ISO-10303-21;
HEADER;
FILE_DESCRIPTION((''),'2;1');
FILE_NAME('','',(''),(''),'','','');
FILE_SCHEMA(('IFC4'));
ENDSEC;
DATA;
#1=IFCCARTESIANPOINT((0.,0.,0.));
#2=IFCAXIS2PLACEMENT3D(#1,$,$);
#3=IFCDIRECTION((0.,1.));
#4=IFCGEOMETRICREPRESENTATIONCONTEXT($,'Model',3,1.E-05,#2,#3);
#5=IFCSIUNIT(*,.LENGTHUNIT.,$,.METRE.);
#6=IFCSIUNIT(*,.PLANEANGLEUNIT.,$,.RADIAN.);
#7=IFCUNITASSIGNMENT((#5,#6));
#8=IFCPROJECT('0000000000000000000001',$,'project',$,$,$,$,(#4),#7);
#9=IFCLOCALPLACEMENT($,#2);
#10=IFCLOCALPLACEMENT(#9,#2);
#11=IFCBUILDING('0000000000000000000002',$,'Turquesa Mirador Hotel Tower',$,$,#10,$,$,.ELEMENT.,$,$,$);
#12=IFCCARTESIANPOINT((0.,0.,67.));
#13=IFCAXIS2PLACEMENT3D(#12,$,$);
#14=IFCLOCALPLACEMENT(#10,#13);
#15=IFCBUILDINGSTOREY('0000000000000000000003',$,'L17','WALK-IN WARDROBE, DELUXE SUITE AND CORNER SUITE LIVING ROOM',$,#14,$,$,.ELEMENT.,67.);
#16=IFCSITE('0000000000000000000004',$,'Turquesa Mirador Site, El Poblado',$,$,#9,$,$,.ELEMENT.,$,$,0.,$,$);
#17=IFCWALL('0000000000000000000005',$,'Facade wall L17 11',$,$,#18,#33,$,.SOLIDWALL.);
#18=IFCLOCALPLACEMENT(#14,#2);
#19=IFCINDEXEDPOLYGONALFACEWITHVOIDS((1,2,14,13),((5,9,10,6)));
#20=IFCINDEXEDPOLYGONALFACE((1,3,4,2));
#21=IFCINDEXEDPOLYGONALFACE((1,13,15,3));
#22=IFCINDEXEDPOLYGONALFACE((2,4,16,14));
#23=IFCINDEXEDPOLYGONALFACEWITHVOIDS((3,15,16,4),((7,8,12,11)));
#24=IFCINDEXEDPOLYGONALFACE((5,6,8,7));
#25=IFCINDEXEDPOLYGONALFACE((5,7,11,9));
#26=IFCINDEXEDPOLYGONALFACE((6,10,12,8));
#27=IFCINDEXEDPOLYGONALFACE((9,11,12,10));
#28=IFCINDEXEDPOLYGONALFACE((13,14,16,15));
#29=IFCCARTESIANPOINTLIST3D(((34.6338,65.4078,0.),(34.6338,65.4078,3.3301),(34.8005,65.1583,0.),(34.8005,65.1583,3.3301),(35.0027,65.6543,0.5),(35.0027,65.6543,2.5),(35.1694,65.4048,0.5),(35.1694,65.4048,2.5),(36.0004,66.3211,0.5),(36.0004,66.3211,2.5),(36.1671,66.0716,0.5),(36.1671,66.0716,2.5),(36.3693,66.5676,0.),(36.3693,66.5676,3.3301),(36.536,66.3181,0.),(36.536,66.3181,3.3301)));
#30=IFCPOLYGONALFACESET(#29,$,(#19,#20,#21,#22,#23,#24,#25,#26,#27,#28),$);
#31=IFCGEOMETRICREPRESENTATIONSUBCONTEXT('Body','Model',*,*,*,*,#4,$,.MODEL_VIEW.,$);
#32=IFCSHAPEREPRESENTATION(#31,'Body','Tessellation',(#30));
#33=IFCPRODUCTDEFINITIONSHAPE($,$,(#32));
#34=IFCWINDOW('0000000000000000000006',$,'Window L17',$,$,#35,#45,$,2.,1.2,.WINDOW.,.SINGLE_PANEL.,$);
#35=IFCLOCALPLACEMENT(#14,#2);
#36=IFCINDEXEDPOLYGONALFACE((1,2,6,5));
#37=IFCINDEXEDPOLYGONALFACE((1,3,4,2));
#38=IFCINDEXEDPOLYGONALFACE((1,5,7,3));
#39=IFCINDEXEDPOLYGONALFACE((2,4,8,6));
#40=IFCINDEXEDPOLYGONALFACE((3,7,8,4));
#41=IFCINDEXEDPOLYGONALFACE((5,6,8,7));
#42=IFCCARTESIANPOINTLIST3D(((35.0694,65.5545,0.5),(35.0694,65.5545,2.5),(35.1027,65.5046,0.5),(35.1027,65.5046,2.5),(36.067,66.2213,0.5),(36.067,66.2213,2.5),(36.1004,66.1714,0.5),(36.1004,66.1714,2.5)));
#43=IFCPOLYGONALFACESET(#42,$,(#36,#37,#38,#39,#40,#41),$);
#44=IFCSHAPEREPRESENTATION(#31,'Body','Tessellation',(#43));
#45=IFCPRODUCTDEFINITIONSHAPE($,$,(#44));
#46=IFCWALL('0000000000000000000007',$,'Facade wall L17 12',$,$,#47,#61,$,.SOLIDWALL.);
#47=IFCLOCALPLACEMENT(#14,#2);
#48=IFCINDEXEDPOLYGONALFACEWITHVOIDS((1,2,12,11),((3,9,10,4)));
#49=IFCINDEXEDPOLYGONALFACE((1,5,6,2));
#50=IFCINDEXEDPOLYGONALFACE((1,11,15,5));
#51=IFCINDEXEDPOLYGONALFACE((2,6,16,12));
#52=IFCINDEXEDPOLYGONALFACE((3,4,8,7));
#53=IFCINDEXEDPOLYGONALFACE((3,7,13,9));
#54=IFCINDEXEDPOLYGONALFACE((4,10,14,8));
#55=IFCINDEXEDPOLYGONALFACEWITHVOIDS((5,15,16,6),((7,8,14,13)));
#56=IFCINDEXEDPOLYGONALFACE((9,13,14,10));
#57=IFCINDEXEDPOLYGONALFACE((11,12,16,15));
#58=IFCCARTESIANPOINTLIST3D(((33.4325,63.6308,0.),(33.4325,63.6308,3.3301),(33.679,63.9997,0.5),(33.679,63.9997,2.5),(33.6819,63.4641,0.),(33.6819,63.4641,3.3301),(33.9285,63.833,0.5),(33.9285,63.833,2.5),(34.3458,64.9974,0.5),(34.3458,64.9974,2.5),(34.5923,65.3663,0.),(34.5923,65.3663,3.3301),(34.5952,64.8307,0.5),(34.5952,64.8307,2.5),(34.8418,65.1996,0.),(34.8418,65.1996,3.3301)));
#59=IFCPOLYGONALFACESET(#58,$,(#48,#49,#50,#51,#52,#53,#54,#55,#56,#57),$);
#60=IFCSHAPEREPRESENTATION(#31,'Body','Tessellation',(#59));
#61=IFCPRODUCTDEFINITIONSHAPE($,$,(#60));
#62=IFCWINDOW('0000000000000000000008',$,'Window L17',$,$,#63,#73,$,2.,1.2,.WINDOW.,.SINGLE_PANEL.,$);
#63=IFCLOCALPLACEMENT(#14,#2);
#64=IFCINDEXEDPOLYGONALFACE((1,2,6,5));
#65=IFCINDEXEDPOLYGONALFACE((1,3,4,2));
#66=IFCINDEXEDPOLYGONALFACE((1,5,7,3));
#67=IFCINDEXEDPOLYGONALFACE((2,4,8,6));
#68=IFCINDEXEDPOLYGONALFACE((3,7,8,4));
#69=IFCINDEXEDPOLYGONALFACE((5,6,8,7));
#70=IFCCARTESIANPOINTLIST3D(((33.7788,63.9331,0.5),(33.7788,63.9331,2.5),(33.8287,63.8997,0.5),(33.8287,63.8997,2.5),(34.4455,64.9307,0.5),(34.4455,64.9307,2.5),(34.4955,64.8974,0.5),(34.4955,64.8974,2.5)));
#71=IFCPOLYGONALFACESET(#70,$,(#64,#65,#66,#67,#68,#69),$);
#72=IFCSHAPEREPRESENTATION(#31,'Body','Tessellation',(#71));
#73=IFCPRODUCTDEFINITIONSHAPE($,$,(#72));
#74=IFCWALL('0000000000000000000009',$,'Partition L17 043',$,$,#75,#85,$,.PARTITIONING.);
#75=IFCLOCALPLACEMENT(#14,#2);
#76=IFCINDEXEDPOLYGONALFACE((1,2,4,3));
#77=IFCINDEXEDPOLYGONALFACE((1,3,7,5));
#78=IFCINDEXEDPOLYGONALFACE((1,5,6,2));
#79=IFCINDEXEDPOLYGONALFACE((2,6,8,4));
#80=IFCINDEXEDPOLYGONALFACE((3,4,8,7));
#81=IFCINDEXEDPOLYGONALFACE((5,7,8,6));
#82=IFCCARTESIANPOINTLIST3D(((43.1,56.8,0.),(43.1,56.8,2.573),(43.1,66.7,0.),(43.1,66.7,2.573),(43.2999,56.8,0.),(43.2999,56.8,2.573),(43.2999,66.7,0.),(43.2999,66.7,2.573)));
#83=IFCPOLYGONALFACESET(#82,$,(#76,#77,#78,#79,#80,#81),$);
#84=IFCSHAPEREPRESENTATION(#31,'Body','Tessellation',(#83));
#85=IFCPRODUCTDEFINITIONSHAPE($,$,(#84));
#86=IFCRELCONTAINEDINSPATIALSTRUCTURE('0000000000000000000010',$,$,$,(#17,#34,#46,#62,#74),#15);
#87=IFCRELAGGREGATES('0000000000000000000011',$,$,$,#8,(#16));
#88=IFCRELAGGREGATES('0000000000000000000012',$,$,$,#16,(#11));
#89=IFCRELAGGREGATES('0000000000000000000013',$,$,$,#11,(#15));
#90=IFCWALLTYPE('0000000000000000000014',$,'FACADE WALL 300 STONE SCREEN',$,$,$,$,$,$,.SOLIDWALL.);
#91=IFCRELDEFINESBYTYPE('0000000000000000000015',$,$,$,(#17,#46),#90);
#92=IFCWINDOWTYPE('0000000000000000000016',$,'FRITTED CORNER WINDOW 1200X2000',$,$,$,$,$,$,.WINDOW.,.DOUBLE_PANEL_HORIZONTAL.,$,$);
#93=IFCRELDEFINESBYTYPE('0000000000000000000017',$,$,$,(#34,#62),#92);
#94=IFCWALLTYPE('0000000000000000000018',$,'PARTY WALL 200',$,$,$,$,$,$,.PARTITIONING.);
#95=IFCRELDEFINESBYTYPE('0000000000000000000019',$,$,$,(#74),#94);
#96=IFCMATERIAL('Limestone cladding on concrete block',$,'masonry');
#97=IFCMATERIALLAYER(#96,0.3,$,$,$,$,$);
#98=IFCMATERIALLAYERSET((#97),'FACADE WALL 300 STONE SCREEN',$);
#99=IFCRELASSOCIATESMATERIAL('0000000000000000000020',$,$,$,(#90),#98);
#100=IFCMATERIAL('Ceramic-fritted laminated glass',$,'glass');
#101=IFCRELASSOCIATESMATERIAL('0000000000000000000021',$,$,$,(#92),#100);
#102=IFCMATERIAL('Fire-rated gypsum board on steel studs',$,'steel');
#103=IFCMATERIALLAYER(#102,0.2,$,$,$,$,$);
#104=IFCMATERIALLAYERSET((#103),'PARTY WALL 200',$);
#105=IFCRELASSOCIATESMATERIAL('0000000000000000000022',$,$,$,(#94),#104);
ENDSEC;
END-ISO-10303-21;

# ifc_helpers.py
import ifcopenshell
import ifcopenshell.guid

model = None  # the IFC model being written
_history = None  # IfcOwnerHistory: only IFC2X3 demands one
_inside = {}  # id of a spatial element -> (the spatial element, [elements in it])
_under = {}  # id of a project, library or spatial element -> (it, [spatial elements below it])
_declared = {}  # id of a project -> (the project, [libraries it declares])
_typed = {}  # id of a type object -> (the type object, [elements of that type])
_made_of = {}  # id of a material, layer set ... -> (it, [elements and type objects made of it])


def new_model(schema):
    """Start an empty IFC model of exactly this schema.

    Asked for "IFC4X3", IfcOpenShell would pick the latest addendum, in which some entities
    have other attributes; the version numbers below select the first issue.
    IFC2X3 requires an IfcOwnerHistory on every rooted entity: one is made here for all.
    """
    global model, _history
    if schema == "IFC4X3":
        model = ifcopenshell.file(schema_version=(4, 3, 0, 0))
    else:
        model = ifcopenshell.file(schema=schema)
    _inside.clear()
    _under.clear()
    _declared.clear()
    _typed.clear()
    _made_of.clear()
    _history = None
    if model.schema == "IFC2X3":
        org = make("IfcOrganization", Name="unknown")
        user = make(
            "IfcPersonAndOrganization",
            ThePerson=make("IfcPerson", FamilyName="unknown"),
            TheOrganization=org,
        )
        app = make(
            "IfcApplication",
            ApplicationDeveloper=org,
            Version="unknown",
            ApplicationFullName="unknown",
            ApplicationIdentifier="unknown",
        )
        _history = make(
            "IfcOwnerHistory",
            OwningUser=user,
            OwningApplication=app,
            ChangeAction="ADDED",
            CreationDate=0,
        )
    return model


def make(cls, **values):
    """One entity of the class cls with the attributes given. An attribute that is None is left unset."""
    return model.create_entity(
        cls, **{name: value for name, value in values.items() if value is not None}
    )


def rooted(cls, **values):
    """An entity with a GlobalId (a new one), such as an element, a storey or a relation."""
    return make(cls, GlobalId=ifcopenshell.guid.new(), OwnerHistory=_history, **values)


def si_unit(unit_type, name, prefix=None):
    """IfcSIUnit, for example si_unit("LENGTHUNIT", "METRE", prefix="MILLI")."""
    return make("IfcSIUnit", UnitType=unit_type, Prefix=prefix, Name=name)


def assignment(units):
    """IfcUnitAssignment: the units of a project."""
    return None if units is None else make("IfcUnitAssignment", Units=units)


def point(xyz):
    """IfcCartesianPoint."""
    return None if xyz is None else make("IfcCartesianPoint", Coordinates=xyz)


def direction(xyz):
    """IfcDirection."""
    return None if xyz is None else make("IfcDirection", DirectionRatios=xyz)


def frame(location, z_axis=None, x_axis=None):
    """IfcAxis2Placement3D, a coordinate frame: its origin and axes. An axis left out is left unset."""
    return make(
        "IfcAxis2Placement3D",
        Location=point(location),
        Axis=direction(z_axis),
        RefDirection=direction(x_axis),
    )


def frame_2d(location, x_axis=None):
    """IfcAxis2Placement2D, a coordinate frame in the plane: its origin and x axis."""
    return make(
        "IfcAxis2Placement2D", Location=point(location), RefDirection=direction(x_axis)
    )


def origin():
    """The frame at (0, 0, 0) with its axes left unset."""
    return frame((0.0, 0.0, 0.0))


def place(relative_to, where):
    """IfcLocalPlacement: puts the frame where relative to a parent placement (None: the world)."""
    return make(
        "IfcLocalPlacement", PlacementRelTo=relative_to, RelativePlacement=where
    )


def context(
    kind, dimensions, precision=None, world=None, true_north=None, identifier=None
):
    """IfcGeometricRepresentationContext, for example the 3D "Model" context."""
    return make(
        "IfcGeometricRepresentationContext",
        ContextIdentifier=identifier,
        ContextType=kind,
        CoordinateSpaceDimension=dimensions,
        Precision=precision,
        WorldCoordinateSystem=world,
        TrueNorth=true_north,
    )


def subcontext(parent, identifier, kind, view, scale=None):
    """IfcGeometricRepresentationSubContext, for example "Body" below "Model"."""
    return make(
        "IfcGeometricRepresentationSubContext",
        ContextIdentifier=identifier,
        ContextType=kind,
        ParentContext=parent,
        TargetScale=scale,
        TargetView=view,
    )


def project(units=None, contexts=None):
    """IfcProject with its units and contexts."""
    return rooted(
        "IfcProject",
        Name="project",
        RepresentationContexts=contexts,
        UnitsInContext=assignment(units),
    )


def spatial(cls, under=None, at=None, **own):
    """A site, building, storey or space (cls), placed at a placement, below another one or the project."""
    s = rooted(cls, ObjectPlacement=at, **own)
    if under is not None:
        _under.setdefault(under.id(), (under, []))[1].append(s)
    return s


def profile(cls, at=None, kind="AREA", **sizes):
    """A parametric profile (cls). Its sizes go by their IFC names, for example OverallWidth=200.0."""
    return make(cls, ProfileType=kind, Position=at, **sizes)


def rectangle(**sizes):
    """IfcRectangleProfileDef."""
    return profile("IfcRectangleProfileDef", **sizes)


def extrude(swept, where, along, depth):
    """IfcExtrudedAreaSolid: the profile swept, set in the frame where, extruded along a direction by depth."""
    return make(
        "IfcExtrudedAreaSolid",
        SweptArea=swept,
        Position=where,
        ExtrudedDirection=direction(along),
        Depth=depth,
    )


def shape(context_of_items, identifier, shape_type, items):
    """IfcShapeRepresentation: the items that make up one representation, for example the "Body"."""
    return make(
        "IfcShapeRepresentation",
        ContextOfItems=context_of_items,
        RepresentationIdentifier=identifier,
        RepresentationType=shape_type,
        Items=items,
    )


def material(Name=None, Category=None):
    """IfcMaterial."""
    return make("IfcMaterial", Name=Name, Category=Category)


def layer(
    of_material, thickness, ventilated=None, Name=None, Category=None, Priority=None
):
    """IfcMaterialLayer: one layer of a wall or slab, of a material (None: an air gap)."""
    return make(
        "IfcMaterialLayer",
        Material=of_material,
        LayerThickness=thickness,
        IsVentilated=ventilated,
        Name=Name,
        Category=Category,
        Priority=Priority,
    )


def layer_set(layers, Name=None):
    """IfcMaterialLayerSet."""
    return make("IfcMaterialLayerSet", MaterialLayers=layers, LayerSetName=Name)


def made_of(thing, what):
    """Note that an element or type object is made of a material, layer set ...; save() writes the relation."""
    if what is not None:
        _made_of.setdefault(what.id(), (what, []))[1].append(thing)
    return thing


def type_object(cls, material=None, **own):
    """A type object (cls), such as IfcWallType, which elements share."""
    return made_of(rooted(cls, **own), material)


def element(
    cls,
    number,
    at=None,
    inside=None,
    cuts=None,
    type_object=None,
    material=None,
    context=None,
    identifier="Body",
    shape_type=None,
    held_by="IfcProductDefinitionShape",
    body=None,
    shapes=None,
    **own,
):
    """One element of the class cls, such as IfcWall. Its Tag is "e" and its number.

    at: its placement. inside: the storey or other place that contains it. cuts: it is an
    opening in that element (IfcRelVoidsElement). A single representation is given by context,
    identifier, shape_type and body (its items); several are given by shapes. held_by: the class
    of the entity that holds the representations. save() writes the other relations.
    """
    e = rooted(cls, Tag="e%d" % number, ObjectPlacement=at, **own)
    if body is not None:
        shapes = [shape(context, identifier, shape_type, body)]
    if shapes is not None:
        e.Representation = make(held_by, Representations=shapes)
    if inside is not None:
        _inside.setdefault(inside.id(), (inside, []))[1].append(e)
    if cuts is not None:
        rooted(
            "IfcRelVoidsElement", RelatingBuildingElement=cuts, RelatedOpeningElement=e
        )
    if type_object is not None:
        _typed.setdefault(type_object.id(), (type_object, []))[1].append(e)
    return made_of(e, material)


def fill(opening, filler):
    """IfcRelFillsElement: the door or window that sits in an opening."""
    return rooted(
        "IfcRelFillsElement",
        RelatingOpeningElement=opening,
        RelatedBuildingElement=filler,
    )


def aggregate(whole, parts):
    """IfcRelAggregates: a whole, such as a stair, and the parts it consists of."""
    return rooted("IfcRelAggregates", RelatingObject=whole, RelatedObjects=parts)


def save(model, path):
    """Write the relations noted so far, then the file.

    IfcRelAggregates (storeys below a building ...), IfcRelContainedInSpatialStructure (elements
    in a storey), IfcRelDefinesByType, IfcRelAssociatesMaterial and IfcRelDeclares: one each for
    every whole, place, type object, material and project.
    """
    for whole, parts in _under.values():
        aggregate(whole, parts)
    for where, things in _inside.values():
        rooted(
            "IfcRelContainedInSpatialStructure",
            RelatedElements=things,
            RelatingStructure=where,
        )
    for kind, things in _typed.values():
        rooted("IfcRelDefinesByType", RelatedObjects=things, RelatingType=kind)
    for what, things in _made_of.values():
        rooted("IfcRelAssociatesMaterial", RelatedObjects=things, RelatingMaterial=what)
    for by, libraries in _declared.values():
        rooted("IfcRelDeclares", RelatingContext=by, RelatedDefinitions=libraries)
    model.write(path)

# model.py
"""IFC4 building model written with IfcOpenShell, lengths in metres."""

from ifc_helpers import new_model, si_unit, direction, frame, frame_2d, origin, place, context, subcontext, project, spatial, rectangle, extrude, material, layer, layer_set, type_object, element, fill, save


model = new_model("IFC4")

# Units and contexts
model_context = context("Model", 3, precision=1e-05, world=origin(), true_north=direction((0.0, 1.0)))
body_context = subcontext(model_context, "Body", "Model", "MODEL_VIEW")
ifc_project = project(units=[si_unit("LENGTHUNIT", "METRE"), si_unit("PLANEANGLEUNIT", "RADIAN")], contexts=[model_context])

# Site, building, storey
site_placement = place(None, origin())
site = spatial("IfcSite", under=ifc_project, at=site_placement, Name="Turquesa Mirador Site, El Poblado", CompositionType="ELEMENT", RefElevation=0.0)
building_placement = place(site_placement, origin())
building = spatial("IfcBuilding", under=site, at=building_placement, Name="Turquesa Mirador Hotel Tower", CompositionType="ELEMENT")
storey_placement = place(building_placement, frame((0.0, 0.0, 67.0)))
storey = spatial("IfcBuildingStorey", under=building, at=storey_placement, Name="L17", Description="WALK-IN WARDROBE, DELUXE SUITE AND CORNER SUITE LIVING ROOM", CompositionType="ELEMENT", Elevation=67.0)

# Walls, openings, windows
ifc_material_1 = material(Name="Limestone cladding on concrete block", Category="masonry")
ifc_layer_1 = layer(ifc_material_1, 0.3)
ifc_layer_set_1 = layer_set([ifc_layer_1], Name="FACADE WALL 300 STONE SCREEN")
wall_type_1 = type_object("IfcWallType", Name="FACADE WALL 300 STONE SCREEN", PredefinedType="SOLIDWALL", material=ifc_layer_set_1)
ifc_material_2 = material(Name="Ceramic-fritted laminated glass", Category="glass")
window_type = type_object("IfcWindowType", Name="FRITTED CORNER WINDOW 1200X2000", PartitioningType="DOUBLE_PANEL_HORIZONTAL", PredefinedType="WINDOW", material=ifc_material_2)
wall_1_placement = place(storey_placement, frame((36.4526, 66.4429, 0.0), z_axis=(0.0, 0.0, 1.0), x_axis=(-0.83142, -0.555644, 0.0)))
wall_1 = element("IfcWall", 1, at=wall_1_placement, inside=storey, type_object=wall_type_1, Name="Facade wall L17 11", PredefinedType="SOLIDWALL", context=body_context, shape_type="SweptSolid", body=[
    extrude(rectangle(XDim=2.0874, YDim=0.3, at=frame_2d((1.0437, 0.0))), origin(), (0.0, 0.0, 1.0), 3.3301),
])
opening_1_placement = place(wall_1_placement, frame((0.4436, 0.0, 0.5)))
opening_1 = element("IfcOpeningElement", 2, at=opening_1_placement, cuts=wall_1, PredefinedType="OPENING", context=body_context, shape_type="SweptSolid", body=[
    extrude(rectangle(XDim=1.2, YDim=2.0, at=frame_2d((0.6001, 1.0))), frame((0.0, 0.1599, 0.0), z_axis=(0.0, -1.0, 0.0), x_axis=(1.0, 0.0, 0.0)), (0.0, 0.0, 1.0), 0.3201),
])
window_1_placement = place(opening_1_placement, origin())
window_1 = element("IfcWindow", 3, at=window_1_placement, inside=storey, type_object=window_type, Name="Window L17", OverallHeight=2.0, OverallWidth=1.2, PartitioningType="SINGLE_PANEL", PredefinedType="WINDOW", context=body_context, shape_type="SweptSolid", body=[
    extrude(rectangle(XDim=1.2, YDim=2.0, at=frame_2d((0.6001, 1.0))), frame((0.0, 0.03, 0.0), z_axis=(0.0, -1.0, 0.0), x_axis=(1.0, 0.0, 0.0)), (0.0, 0.0, 1.0), 0.0601),
])
fill(opening_1, window_1)
wall_2_placement = place(storey_placement, frame((34.717, 65.283, 0.0), z_axis=(0.0, 0.0, 1.0), x_axis=(-0.555644, -0.83142, 0.0)))
wall_2 = element("IfcWall", 4, at=wall_2_placement, inside=storey, type_object=wall_type_1, Name="Facade wall L17 12", PredefinedType="SOLIDWALL", context=body_context, shape_type="SweptSolid", body=[
    extrude(rectangle(XDim=2.0874, YDim=0.3, at=frame_2d((1.0437, 0.0))), origin(), (0.0, 0.0, 1.0), 3.3301),
])
opening_2_placement = place(wall_2_placement, frame((0.4436, 0.0, 0.5)))
opening_2 = element("IfcOpeningElement", 5, at=opening_2_placement, cuts=wall_2, PredefinedType="OPENING", context=body_context, shape_type="SweptSolid", body=[
    extrude(rectangle(XDim=1.2, YDim=2.0, at=frame_2d((0.6001, 1.0))), frame((0.0, 0.1599, 0.0), z_axis=(0.0, -1.0, 0.0), x_axis=(1.0, 0.0, 0.0)), (0.0, 0.0, 1.0), 0.3201),
])
window_2_placement = place(opening_2_placement, origin())
window_2 = element("IfcWindow", 6, at=window_2_placement, inside=storey, type_object=window_type, Name="Window L17", OverallHeight=2.0, OverallWidth=1.2, PartitioningType="SINGLE_PANEL", PredefinedType="WINDOW", context=body_context, shape_type="SweptSolid", body=[
    extrude(rectangle(XDim=1.2, YDim=2.0, at=frame_2d((0.6001, 1.0))), frame((0.0, 0.03, 0.0), z_axis=(0.0, -1.0, 0.0), x_axis=(1.0, 0.0, 0.0)), (0.0, 0.0, 1.0), 0.0601),
])
fill(opening_2, window_2)

# Wall
ifc_material_3 = material(Name="Fire-rated gypsum board on steel studs", Category="steel")
ifc_layer_2 = layer(ifc_material_3, 0.2)
ifc_layer_set_2 = layer_set([ifc_layer_2], Name="PARTY WALL 200")
wall_type_2 = type_object("IfcWallType", Name="PARTY WALL 200", PredefinedType="PARTITIONING", material=ifc_layer_set_2)
wall_3_placement = place(storey_placement, frame((43.2, 56.8, 0.0), z_axis=(0.0, 0.0, 1.0), x_axis=(0.0, 1.0, 0.0)))
element("IfcWall", 7, at=wall_3_placement, inside=storey, type_object=wall_type_2, Name="Partition L17 043", PredefinedType="PARTITIONING", context=body_context, shape_type="SweptSolid", body=[
    extrude(rectangle(XDim=9.8999, YDim=0.2, at=frame_2d((4.95, 0.0))), origin(), (0.0, 0.0, 1.0), 2.573),
])

save(model, "model.ifc")
